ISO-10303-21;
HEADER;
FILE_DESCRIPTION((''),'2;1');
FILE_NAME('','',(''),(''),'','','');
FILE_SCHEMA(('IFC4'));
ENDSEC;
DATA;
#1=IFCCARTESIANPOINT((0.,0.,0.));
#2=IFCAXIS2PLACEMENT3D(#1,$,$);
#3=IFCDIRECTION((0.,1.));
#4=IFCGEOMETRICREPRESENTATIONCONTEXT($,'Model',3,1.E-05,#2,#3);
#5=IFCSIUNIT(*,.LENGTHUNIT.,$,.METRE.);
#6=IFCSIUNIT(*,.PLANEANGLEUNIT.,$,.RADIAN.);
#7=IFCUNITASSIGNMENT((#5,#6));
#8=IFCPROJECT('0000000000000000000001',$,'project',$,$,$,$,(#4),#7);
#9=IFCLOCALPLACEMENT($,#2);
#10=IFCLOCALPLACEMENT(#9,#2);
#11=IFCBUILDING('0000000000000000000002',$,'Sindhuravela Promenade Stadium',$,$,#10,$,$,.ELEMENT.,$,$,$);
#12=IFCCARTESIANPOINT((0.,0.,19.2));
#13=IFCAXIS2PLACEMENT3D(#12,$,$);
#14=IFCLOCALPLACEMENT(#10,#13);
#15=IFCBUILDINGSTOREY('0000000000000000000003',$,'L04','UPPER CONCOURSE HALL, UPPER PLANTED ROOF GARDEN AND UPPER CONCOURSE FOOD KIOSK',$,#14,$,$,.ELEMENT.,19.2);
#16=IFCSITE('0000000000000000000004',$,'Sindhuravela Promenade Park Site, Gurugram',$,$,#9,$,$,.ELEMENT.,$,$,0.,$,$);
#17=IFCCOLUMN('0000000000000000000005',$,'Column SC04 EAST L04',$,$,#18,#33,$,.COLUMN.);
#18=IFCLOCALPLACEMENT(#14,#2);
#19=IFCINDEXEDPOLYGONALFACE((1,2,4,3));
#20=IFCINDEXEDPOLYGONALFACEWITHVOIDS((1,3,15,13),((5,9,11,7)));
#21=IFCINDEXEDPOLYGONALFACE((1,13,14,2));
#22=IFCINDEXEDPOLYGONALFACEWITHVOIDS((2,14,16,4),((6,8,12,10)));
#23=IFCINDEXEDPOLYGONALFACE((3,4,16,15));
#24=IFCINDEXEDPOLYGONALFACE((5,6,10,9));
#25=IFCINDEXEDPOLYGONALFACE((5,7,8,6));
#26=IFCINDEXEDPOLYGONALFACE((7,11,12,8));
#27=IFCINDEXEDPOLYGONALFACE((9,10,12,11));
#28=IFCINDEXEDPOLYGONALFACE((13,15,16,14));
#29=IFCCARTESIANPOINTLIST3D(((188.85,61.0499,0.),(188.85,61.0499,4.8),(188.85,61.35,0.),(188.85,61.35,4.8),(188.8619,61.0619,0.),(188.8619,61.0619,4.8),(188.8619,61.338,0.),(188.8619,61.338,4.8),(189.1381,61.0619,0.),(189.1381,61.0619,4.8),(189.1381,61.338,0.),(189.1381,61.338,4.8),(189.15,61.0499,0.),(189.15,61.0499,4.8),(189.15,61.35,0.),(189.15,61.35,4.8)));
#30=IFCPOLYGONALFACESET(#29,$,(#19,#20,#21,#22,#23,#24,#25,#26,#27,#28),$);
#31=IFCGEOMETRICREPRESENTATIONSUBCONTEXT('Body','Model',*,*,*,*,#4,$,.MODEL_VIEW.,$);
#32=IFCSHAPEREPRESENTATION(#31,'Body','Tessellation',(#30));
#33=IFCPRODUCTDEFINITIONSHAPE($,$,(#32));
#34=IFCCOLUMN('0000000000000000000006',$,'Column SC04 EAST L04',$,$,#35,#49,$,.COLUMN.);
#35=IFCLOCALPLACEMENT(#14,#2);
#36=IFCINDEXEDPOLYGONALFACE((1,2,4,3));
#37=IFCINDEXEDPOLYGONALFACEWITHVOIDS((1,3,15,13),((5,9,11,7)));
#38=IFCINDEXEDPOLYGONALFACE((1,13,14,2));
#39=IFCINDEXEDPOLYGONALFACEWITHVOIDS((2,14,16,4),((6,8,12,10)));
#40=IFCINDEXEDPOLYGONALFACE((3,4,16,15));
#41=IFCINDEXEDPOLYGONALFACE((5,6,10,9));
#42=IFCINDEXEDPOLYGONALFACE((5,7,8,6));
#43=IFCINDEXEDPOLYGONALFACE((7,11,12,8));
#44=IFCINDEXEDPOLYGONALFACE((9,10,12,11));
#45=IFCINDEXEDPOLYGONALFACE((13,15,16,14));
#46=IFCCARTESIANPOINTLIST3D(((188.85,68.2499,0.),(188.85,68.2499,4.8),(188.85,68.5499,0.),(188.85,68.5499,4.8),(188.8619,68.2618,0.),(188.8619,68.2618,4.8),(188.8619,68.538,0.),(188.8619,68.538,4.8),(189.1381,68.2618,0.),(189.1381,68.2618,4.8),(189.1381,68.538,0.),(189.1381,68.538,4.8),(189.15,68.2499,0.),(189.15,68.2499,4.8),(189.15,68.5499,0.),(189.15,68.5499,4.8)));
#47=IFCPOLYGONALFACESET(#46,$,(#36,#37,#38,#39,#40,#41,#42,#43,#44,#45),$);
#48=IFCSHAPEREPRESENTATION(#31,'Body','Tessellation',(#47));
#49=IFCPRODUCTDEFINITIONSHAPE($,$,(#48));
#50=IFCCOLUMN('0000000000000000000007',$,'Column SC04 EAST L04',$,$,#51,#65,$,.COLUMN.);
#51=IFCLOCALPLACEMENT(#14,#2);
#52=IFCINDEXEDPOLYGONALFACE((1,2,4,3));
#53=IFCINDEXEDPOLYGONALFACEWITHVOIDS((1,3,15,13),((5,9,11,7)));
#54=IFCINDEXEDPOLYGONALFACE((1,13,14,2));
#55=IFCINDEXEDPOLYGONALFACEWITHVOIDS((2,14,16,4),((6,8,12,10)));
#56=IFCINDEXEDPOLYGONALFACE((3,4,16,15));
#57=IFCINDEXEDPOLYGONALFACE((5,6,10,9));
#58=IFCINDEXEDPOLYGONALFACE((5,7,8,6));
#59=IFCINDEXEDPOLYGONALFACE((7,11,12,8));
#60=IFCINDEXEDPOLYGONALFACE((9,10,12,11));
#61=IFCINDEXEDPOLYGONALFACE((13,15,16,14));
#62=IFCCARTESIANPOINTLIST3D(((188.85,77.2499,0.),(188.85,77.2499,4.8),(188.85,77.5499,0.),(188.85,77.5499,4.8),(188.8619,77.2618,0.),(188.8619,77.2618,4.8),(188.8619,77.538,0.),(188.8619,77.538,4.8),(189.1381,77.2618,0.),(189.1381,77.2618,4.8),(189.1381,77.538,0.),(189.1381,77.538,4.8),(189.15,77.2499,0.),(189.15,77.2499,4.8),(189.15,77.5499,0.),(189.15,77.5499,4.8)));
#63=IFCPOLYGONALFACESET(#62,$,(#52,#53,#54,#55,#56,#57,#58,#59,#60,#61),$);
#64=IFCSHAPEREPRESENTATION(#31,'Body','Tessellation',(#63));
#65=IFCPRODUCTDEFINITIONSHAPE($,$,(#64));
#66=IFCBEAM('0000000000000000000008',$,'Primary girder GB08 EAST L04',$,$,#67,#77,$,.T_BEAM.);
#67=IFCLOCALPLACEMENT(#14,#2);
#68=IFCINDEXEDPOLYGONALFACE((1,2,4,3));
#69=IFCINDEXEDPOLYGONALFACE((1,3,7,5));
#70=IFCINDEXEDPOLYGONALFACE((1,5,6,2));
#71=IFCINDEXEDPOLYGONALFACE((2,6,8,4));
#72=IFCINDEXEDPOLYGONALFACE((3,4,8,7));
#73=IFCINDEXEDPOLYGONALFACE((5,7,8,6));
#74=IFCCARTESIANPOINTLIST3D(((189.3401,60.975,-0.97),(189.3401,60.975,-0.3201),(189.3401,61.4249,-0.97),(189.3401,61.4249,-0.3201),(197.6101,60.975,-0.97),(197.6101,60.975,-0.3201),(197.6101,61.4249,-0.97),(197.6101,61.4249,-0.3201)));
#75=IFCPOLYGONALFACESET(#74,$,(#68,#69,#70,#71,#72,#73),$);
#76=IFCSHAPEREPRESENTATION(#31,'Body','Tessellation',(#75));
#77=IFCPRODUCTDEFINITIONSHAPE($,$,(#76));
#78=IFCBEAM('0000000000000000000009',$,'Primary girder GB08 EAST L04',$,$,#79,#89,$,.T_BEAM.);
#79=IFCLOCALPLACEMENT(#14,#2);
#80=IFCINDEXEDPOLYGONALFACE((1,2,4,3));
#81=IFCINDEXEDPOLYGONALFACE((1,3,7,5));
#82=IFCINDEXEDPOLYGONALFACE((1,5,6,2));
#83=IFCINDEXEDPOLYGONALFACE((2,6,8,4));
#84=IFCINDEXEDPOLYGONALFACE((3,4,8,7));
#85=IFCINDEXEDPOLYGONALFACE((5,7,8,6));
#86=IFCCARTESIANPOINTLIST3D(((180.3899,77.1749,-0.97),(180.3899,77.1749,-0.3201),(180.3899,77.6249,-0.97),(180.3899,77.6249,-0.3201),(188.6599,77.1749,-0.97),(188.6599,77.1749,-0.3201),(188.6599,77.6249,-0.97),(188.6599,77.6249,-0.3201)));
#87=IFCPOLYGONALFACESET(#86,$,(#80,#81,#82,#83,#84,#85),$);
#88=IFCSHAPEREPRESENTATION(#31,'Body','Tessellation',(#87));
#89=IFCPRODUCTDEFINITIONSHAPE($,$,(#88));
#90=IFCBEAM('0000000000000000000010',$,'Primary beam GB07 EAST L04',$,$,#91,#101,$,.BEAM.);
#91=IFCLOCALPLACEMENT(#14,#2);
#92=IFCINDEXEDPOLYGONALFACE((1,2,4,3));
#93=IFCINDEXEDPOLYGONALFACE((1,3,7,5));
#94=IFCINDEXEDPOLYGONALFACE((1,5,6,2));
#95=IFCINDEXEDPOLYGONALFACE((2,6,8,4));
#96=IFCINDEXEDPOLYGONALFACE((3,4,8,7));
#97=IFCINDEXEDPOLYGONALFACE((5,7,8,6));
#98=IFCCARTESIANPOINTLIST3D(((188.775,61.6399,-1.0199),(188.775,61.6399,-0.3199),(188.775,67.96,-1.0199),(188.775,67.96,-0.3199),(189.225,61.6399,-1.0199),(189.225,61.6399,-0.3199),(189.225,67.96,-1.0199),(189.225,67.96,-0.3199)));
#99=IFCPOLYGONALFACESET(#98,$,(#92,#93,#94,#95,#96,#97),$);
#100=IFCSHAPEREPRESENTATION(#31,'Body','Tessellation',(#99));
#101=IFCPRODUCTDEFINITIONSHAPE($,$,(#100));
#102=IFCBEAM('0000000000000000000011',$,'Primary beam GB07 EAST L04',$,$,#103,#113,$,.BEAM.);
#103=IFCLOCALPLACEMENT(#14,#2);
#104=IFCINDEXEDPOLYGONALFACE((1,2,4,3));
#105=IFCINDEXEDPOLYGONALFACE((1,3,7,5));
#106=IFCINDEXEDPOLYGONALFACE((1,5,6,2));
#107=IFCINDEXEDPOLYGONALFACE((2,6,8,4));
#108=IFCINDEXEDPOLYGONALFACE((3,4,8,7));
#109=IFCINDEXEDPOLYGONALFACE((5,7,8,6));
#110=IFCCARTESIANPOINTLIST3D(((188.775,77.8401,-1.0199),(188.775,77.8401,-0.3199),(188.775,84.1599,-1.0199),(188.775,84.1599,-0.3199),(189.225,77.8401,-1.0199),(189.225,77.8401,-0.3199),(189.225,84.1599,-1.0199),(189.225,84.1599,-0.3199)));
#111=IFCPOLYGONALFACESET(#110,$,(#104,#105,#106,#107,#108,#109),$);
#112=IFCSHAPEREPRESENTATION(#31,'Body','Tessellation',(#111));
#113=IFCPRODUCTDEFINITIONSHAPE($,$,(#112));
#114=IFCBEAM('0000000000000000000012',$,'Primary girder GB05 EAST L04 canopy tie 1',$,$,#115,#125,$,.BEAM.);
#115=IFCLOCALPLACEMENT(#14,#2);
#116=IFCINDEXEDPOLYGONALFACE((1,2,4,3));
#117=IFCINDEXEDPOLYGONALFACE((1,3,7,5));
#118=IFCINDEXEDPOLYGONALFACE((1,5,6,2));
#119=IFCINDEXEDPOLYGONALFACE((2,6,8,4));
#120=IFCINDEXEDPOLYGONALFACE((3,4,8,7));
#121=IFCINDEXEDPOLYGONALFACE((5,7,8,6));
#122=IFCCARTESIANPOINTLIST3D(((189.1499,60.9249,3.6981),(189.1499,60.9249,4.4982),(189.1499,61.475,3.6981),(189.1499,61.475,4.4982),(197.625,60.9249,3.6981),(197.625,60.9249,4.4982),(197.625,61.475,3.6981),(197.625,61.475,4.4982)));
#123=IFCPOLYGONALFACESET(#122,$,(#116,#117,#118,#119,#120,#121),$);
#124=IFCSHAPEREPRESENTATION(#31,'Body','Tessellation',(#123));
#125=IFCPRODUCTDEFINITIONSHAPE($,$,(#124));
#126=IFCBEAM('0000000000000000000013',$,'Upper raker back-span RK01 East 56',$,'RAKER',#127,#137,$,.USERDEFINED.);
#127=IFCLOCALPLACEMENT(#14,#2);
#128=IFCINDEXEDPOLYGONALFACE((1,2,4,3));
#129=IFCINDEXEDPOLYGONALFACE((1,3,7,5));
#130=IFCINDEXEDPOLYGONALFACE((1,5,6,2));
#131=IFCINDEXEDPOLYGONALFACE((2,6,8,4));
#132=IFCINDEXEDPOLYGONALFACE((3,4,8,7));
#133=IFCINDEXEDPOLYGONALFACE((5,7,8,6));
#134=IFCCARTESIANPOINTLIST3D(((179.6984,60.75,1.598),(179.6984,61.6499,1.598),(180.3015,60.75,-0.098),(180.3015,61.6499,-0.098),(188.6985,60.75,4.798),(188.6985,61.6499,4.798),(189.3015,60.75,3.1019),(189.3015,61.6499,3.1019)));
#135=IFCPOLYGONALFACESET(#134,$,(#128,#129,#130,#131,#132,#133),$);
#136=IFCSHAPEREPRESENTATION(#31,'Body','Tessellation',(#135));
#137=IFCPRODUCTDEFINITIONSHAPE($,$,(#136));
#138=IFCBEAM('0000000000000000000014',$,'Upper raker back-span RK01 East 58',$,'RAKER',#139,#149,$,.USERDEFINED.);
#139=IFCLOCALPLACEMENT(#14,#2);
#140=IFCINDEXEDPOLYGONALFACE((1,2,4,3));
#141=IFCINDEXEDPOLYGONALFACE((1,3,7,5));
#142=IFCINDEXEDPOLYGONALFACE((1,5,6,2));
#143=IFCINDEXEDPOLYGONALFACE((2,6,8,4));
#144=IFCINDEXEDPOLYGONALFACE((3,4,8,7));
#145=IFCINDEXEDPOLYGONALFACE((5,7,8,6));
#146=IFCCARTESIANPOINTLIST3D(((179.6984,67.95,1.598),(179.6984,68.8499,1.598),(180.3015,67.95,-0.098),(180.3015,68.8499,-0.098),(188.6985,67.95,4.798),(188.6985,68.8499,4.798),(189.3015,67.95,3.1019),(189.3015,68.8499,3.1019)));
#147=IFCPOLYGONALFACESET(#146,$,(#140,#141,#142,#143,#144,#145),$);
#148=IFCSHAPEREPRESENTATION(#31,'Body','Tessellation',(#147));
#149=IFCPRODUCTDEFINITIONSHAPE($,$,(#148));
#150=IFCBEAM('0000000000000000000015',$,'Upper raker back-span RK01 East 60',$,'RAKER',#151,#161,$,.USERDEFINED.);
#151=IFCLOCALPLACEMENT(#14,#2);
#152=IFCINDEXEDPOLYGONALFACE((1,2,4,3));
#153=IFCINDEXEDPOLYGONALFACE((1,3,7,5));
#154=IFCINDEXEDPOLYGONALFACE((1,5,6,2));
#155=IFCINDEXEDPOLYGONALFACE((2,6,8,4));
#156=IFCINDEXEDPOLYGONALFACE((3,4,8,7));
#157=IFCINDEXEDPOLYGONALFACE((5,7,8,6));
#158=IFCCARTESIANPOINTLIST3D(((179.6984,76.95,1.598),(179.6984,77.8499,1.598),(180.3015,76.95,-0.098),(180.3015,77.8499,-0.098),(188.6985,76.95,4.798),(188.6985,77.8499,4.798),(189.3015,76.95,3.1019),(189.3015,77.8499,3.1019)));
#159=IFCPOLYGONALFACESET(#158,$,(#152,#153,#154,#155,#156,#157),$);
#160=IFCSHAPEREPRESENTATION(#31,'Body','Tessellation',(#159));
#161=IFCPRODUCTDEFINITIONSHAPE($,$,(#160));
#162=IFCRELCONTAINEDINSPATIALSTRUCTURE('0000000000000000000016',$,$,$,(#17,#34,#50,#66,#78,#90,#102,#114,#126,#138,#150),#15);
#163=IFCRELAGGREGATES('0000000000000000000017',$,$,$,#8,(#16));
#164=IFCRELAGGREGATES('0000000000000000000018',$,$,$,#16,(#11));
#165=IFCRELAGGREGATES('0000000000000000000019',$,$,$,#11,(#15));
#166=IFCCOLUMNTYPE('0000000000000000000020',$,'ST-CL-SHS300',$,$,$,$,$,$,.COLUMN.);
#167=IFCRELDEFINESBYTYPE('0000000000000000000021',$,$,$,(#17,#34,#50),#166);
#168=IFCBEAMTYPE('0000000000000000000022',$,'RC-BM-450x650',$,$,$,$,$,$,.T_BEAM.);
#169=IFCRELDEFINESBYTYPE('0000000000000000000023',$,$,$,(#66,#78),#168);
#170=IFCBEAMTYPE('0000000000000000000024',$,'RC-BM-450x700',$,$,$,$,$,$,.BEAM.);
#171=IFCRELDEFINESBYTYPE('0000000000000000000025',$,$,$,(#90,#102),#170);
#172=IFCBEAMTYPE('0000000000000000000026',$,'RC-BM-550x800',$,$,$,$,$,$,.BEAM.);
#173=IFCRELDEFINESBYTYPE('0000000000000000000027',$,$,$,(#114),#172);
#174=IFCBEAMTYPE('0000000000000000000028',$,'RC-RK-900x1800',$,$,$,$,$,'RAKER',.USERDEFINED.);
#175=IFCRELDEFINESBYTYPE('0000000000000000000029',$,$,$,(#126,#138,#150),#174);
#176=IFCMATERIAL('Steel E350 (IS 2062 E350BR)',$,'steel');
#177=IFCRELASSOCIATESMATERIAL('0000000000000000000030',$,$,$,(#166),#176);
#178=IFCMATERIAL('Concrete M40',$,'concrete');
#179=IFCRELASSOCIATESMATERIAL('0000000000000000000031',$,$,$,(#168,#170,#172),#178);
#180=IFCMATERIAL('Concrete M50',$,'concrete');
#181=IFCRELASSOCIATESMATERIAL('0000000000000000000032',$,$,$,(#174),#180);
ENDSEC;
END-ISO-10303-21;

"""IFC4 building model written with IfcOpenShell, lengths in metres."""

from ifc_helpers import new_model, si_unit, direction, frame, origin, origin_2d, place, context, subcontext, project, spatial, rectangle, hollow_rectangle, extrude, material, material_profile, profile_set, type_object, element, save


model = new_model("IFC4")

# Units and contexts
model_context = context("Model", 3, precision=1e-05, world=origin(), true_north=direction((0.0, 1.0)))
body_context = subcontext(model_context, "Body", "Model", "MODEL_VIEW")
ifc_project = project(units=[si_unit("LENGTHUNIT", "METRE"), si_unit("PLANEANGLEUNIT", "RADIAN")], contexts=[model_context])

# Site, building, storey
site_placement = place(None, origin())
site = spatial("IfcSite", under=ifc_project, at=site_placement, Name="Sindhuravela Promenade Park Site, Gurugram", CompositionType="ELEMENT", RefElevation=0.0)
building_placement = place(site_placement, origin())
building = spatial("IfcBuilding", under=site, at=building_placement, Name="Sindhuravela Promenade Stadium", CompositionType="ELEMENT")
storey_placement = place(building_placement, frame((0.0, 0.0, 19.2)))
storey = spatial("IfcBuildingStorey", under=building, at=storey_placement, Name="L04", Description="UPPER CONCOURSE HALL, UPPER PLANTED ROOF GARDEN AND UPPER CONCOURSE FOOD KIOSK", CompositionType="ELEMENT", Elevation=19.2)

# Columns
ifc_material_1 = material(Name="Steel E350 (IS 2062 E350BR)", Category="steel")
ifc_material_profile_1 = material_profile(ifc_material_1, hollow_rectangle(XDim=0.3, YDim=0.3, WallThickness=0.012, at=origin_2d()), Name="SHS 300x300x12")
ifc_profile_set_1 = profile_set([ifc_material_profile_1], Name="Steel E350 (IS 2062 E350BR)")
column_type = type_object("IfcColumnType", Name="ST-CL-SHS300", PredefinedType="COLUMN", material=ifc_profile_set_1)
for number, where, z_axis, x_axis, name in (
    (1, (189.0, 61.2, 0.0), (0.0, 0.0, 1.0), (1.0, 0.0, 0.0), "Column SC04 EAST L04"),
    (2, (189.0, 68.3999, 0.0), (0.0, 0.0, 1.0), (1.0, 0.0, 0.0), "Column SC04 EAST L04"),
    (3, (189.0, 77.3999, 0.0), (0.0, 0.0, 1.0), (1.0, 0.0, 0.0), "Column SC04 EAST L04"),
):
    element("IfcColumn", number, at=place(storey_placement, frame(where, z_axis=z_axis, x_axis=x_axis)), inside=storey, type_object=column_type, Name=name, PredefinedType="COLUMN", context=body_context, shape_type="SweptSolid", body=[
        extrude(hollow_rectangle(XDim=0.3, YDim=0.3, WallThickness=0.012, at=origin_2d()), origin(), (0.0, 0.0, 1.0), 4.8),
    ])

# Beams
ifc_material_2 = material(Name="Concrete M40", Category="concrete")
ifc_material_profile_2 = material_profile(ifc_material_2, rectangle(XDim=0.45, YDim=0.6499, at=origin_2d()), Name="RC 450x650")
ifc_profile_set_2 = profile_set([ifc_material_profile_2], Name="Concrete M40")
beam_type_1 = type_object("IfcBeamType", Name="RC-BM-450x650", PredefinedType="T_BEAM", material=ifc_profile_set_2)
for number, where, z_axis, x_axis, name in (
    (4, (189.3401, 61.2, -0.645), (1.0, 0.0, 0.0), (0.0, 1.0, 0.0), "Primary girder GB08 EAST L04"),
    (5, (180.3899, 77.3999, -0.645), (1.0, 0.0, 0.0), (0.0, 1.0, 0.0), "Primary girder GB08 EAST L04"),
):
    element("IfcBeam", number, at=place(storey_placement, frame(where, z_axis=z_axis, x_axis=x_axis)), inside=storey, type_object=beam_type_1, Name=name, PredefinedType="T_BEAM", context=body_context, shape_type="SweptSolid", body=[
        extrude(rectangle(XDim=0.45, YDim=0.6499, at=origin_2d()), origin(), (0.0, 0.0, 1.0), 8.27),
    ])
ifc_material_profile_3 = material_profile(ifc_material_2, rectangle(XDim=0.45, YDim=0.7, at=origin_2d()), Name="RC 450x700")
ifc_profile_set_3 = profile_set([ifc_material_profile_3], Name="Concrete M40")
beam_type_2 = type_object("IfcBeamType", Name="RC-BM-450x700", PredefinedType="BEAM", material=ifc_profile_set_3)
beam_1_placement = place(storey_placement, frame((189.0, 61.6399, -0.6699), z_axis=(0.0, 1.0, 0.0), x_axis=(-1.0, 0.0, 0.0)))
element("IfcBeam", 6, at=beam_1_placement, inside=storey, type_object=beam_type_2, Name="Primary beam GB07 EAST L04", PredefinedType="BEAM", context=body_context, shape_type="SweptSolid", body=[
    extrude(rectangle(XDim=0.45, YDim=0.7, at=origin_2d()), origin(), (0.0, 0.0, 1.0), 6.3201),
])
beam_2_placement = place(storey_placement, frame((189.0, 77.8401, -0.6699), z_axis=(0.0, 1.0, 0.0), x_axis=(-1.0, 0.0, 0.0)))
element("IfcBeam", 7, at=beam_2_placement, inside=storey, type_object=beam_type_2, Name="Primary beam GB07 EAST L04", PredefinedType="BEAM", context=body_context, shape_type="SweptSolid", body=[
    extrude(rectangle(XDim=0.45, YDim=0.7, at=origin_2d()), origin(), (0.0, 0.0, 1.0), 6.3198),
])
ifc_material_profile_4 = material_profile(ifc_material_2, rectangle(XDim=0.55, YDim=0.8, at=origin_2d()), Name="RC 550x800")
ifc_profile_set_4 = profile_set([ifc_material_profile_4], Name="Concrete M40")
beam_type_3 = type_object("IfcBeamType", Name="RC-BM-550x800", PredefinedType="BEAM", material=ifc_profile_set_4)
beam_3_placement = place(storey_placement, frame((189.1499, 61.2, 4.0981), z_axis=(1.0, 0.0, 0.0), x_axis=(0.0, 1.0, 0.0)))
element("IfcBeam", 8, at=beam_3_placement, inside=storey, type_object=beam_type_3, Name="Primary girder GB05 EAST L04 canopy tie 1", PredefinedType="BEAM", context=body_context, shape_type="SweptSolid", body=[
    extrude(rectangle(XDim=0.55, YDim=0.8, at=origin_2d()), origin(), (0.0, 0.0, 1.0), 8.4751),
])
ifc_material_3 = material(Name="Concrete M50", Category="concrete")
ifc_material_profile_5 = material_profile(ifc_material_3, rectangle(XDim=0.8999, YDim=1.8, at=origin_2d()), Name="RC 900x1800")
ifc_profile_set_5 = profile_set([ifc_material_profile_5], Name="Concrete M50")
beam_type_4 = type_object("IfcBeamType", Name="RC-RK-900x1800", ElementType="RAKER", PredefinedType="USERDEFINED", material=ifc_profile_set_5)
for number, where, z_axis, x_axis, name in (
    (9, (189.0, 61.2, 3.95), (-0.942216, 0.0, -0.335005), (0.0, -1.0, 0.0), "Upper raker back-span RK01 East 56"),
    (10, (189.0, 68.3999, 3.95), (-0.942216, 0.0, -0.335005), (0.0, -1.0, 0.0), "Upper raker back-span RK01 East 58"),
    (11, (189.0, 77.3999, 3.95), (-0.942216, 0.0, -0.335005), (0.0, -1.0, 0.0), "Upper raker back-span RK01 East 60"),
):
    element("IfcBeam", number, at=place(storey_placement, frame(where, z_axis=z_axis, x_axis=x_axis)), inside=storey, type_object=beam_type_4, Name=name, ObjectType="RAKER", PredefinedType="USERDEFINED", context=body_context, shape_type="SweptSolid", body=[
        extrude(rectangle(XDim=0.8999, YDim=1.8, at=origin_2d()), origin(), (0.0, 0.0, 1.0), 9.552),
    ])

save(model, "model.ifc")
